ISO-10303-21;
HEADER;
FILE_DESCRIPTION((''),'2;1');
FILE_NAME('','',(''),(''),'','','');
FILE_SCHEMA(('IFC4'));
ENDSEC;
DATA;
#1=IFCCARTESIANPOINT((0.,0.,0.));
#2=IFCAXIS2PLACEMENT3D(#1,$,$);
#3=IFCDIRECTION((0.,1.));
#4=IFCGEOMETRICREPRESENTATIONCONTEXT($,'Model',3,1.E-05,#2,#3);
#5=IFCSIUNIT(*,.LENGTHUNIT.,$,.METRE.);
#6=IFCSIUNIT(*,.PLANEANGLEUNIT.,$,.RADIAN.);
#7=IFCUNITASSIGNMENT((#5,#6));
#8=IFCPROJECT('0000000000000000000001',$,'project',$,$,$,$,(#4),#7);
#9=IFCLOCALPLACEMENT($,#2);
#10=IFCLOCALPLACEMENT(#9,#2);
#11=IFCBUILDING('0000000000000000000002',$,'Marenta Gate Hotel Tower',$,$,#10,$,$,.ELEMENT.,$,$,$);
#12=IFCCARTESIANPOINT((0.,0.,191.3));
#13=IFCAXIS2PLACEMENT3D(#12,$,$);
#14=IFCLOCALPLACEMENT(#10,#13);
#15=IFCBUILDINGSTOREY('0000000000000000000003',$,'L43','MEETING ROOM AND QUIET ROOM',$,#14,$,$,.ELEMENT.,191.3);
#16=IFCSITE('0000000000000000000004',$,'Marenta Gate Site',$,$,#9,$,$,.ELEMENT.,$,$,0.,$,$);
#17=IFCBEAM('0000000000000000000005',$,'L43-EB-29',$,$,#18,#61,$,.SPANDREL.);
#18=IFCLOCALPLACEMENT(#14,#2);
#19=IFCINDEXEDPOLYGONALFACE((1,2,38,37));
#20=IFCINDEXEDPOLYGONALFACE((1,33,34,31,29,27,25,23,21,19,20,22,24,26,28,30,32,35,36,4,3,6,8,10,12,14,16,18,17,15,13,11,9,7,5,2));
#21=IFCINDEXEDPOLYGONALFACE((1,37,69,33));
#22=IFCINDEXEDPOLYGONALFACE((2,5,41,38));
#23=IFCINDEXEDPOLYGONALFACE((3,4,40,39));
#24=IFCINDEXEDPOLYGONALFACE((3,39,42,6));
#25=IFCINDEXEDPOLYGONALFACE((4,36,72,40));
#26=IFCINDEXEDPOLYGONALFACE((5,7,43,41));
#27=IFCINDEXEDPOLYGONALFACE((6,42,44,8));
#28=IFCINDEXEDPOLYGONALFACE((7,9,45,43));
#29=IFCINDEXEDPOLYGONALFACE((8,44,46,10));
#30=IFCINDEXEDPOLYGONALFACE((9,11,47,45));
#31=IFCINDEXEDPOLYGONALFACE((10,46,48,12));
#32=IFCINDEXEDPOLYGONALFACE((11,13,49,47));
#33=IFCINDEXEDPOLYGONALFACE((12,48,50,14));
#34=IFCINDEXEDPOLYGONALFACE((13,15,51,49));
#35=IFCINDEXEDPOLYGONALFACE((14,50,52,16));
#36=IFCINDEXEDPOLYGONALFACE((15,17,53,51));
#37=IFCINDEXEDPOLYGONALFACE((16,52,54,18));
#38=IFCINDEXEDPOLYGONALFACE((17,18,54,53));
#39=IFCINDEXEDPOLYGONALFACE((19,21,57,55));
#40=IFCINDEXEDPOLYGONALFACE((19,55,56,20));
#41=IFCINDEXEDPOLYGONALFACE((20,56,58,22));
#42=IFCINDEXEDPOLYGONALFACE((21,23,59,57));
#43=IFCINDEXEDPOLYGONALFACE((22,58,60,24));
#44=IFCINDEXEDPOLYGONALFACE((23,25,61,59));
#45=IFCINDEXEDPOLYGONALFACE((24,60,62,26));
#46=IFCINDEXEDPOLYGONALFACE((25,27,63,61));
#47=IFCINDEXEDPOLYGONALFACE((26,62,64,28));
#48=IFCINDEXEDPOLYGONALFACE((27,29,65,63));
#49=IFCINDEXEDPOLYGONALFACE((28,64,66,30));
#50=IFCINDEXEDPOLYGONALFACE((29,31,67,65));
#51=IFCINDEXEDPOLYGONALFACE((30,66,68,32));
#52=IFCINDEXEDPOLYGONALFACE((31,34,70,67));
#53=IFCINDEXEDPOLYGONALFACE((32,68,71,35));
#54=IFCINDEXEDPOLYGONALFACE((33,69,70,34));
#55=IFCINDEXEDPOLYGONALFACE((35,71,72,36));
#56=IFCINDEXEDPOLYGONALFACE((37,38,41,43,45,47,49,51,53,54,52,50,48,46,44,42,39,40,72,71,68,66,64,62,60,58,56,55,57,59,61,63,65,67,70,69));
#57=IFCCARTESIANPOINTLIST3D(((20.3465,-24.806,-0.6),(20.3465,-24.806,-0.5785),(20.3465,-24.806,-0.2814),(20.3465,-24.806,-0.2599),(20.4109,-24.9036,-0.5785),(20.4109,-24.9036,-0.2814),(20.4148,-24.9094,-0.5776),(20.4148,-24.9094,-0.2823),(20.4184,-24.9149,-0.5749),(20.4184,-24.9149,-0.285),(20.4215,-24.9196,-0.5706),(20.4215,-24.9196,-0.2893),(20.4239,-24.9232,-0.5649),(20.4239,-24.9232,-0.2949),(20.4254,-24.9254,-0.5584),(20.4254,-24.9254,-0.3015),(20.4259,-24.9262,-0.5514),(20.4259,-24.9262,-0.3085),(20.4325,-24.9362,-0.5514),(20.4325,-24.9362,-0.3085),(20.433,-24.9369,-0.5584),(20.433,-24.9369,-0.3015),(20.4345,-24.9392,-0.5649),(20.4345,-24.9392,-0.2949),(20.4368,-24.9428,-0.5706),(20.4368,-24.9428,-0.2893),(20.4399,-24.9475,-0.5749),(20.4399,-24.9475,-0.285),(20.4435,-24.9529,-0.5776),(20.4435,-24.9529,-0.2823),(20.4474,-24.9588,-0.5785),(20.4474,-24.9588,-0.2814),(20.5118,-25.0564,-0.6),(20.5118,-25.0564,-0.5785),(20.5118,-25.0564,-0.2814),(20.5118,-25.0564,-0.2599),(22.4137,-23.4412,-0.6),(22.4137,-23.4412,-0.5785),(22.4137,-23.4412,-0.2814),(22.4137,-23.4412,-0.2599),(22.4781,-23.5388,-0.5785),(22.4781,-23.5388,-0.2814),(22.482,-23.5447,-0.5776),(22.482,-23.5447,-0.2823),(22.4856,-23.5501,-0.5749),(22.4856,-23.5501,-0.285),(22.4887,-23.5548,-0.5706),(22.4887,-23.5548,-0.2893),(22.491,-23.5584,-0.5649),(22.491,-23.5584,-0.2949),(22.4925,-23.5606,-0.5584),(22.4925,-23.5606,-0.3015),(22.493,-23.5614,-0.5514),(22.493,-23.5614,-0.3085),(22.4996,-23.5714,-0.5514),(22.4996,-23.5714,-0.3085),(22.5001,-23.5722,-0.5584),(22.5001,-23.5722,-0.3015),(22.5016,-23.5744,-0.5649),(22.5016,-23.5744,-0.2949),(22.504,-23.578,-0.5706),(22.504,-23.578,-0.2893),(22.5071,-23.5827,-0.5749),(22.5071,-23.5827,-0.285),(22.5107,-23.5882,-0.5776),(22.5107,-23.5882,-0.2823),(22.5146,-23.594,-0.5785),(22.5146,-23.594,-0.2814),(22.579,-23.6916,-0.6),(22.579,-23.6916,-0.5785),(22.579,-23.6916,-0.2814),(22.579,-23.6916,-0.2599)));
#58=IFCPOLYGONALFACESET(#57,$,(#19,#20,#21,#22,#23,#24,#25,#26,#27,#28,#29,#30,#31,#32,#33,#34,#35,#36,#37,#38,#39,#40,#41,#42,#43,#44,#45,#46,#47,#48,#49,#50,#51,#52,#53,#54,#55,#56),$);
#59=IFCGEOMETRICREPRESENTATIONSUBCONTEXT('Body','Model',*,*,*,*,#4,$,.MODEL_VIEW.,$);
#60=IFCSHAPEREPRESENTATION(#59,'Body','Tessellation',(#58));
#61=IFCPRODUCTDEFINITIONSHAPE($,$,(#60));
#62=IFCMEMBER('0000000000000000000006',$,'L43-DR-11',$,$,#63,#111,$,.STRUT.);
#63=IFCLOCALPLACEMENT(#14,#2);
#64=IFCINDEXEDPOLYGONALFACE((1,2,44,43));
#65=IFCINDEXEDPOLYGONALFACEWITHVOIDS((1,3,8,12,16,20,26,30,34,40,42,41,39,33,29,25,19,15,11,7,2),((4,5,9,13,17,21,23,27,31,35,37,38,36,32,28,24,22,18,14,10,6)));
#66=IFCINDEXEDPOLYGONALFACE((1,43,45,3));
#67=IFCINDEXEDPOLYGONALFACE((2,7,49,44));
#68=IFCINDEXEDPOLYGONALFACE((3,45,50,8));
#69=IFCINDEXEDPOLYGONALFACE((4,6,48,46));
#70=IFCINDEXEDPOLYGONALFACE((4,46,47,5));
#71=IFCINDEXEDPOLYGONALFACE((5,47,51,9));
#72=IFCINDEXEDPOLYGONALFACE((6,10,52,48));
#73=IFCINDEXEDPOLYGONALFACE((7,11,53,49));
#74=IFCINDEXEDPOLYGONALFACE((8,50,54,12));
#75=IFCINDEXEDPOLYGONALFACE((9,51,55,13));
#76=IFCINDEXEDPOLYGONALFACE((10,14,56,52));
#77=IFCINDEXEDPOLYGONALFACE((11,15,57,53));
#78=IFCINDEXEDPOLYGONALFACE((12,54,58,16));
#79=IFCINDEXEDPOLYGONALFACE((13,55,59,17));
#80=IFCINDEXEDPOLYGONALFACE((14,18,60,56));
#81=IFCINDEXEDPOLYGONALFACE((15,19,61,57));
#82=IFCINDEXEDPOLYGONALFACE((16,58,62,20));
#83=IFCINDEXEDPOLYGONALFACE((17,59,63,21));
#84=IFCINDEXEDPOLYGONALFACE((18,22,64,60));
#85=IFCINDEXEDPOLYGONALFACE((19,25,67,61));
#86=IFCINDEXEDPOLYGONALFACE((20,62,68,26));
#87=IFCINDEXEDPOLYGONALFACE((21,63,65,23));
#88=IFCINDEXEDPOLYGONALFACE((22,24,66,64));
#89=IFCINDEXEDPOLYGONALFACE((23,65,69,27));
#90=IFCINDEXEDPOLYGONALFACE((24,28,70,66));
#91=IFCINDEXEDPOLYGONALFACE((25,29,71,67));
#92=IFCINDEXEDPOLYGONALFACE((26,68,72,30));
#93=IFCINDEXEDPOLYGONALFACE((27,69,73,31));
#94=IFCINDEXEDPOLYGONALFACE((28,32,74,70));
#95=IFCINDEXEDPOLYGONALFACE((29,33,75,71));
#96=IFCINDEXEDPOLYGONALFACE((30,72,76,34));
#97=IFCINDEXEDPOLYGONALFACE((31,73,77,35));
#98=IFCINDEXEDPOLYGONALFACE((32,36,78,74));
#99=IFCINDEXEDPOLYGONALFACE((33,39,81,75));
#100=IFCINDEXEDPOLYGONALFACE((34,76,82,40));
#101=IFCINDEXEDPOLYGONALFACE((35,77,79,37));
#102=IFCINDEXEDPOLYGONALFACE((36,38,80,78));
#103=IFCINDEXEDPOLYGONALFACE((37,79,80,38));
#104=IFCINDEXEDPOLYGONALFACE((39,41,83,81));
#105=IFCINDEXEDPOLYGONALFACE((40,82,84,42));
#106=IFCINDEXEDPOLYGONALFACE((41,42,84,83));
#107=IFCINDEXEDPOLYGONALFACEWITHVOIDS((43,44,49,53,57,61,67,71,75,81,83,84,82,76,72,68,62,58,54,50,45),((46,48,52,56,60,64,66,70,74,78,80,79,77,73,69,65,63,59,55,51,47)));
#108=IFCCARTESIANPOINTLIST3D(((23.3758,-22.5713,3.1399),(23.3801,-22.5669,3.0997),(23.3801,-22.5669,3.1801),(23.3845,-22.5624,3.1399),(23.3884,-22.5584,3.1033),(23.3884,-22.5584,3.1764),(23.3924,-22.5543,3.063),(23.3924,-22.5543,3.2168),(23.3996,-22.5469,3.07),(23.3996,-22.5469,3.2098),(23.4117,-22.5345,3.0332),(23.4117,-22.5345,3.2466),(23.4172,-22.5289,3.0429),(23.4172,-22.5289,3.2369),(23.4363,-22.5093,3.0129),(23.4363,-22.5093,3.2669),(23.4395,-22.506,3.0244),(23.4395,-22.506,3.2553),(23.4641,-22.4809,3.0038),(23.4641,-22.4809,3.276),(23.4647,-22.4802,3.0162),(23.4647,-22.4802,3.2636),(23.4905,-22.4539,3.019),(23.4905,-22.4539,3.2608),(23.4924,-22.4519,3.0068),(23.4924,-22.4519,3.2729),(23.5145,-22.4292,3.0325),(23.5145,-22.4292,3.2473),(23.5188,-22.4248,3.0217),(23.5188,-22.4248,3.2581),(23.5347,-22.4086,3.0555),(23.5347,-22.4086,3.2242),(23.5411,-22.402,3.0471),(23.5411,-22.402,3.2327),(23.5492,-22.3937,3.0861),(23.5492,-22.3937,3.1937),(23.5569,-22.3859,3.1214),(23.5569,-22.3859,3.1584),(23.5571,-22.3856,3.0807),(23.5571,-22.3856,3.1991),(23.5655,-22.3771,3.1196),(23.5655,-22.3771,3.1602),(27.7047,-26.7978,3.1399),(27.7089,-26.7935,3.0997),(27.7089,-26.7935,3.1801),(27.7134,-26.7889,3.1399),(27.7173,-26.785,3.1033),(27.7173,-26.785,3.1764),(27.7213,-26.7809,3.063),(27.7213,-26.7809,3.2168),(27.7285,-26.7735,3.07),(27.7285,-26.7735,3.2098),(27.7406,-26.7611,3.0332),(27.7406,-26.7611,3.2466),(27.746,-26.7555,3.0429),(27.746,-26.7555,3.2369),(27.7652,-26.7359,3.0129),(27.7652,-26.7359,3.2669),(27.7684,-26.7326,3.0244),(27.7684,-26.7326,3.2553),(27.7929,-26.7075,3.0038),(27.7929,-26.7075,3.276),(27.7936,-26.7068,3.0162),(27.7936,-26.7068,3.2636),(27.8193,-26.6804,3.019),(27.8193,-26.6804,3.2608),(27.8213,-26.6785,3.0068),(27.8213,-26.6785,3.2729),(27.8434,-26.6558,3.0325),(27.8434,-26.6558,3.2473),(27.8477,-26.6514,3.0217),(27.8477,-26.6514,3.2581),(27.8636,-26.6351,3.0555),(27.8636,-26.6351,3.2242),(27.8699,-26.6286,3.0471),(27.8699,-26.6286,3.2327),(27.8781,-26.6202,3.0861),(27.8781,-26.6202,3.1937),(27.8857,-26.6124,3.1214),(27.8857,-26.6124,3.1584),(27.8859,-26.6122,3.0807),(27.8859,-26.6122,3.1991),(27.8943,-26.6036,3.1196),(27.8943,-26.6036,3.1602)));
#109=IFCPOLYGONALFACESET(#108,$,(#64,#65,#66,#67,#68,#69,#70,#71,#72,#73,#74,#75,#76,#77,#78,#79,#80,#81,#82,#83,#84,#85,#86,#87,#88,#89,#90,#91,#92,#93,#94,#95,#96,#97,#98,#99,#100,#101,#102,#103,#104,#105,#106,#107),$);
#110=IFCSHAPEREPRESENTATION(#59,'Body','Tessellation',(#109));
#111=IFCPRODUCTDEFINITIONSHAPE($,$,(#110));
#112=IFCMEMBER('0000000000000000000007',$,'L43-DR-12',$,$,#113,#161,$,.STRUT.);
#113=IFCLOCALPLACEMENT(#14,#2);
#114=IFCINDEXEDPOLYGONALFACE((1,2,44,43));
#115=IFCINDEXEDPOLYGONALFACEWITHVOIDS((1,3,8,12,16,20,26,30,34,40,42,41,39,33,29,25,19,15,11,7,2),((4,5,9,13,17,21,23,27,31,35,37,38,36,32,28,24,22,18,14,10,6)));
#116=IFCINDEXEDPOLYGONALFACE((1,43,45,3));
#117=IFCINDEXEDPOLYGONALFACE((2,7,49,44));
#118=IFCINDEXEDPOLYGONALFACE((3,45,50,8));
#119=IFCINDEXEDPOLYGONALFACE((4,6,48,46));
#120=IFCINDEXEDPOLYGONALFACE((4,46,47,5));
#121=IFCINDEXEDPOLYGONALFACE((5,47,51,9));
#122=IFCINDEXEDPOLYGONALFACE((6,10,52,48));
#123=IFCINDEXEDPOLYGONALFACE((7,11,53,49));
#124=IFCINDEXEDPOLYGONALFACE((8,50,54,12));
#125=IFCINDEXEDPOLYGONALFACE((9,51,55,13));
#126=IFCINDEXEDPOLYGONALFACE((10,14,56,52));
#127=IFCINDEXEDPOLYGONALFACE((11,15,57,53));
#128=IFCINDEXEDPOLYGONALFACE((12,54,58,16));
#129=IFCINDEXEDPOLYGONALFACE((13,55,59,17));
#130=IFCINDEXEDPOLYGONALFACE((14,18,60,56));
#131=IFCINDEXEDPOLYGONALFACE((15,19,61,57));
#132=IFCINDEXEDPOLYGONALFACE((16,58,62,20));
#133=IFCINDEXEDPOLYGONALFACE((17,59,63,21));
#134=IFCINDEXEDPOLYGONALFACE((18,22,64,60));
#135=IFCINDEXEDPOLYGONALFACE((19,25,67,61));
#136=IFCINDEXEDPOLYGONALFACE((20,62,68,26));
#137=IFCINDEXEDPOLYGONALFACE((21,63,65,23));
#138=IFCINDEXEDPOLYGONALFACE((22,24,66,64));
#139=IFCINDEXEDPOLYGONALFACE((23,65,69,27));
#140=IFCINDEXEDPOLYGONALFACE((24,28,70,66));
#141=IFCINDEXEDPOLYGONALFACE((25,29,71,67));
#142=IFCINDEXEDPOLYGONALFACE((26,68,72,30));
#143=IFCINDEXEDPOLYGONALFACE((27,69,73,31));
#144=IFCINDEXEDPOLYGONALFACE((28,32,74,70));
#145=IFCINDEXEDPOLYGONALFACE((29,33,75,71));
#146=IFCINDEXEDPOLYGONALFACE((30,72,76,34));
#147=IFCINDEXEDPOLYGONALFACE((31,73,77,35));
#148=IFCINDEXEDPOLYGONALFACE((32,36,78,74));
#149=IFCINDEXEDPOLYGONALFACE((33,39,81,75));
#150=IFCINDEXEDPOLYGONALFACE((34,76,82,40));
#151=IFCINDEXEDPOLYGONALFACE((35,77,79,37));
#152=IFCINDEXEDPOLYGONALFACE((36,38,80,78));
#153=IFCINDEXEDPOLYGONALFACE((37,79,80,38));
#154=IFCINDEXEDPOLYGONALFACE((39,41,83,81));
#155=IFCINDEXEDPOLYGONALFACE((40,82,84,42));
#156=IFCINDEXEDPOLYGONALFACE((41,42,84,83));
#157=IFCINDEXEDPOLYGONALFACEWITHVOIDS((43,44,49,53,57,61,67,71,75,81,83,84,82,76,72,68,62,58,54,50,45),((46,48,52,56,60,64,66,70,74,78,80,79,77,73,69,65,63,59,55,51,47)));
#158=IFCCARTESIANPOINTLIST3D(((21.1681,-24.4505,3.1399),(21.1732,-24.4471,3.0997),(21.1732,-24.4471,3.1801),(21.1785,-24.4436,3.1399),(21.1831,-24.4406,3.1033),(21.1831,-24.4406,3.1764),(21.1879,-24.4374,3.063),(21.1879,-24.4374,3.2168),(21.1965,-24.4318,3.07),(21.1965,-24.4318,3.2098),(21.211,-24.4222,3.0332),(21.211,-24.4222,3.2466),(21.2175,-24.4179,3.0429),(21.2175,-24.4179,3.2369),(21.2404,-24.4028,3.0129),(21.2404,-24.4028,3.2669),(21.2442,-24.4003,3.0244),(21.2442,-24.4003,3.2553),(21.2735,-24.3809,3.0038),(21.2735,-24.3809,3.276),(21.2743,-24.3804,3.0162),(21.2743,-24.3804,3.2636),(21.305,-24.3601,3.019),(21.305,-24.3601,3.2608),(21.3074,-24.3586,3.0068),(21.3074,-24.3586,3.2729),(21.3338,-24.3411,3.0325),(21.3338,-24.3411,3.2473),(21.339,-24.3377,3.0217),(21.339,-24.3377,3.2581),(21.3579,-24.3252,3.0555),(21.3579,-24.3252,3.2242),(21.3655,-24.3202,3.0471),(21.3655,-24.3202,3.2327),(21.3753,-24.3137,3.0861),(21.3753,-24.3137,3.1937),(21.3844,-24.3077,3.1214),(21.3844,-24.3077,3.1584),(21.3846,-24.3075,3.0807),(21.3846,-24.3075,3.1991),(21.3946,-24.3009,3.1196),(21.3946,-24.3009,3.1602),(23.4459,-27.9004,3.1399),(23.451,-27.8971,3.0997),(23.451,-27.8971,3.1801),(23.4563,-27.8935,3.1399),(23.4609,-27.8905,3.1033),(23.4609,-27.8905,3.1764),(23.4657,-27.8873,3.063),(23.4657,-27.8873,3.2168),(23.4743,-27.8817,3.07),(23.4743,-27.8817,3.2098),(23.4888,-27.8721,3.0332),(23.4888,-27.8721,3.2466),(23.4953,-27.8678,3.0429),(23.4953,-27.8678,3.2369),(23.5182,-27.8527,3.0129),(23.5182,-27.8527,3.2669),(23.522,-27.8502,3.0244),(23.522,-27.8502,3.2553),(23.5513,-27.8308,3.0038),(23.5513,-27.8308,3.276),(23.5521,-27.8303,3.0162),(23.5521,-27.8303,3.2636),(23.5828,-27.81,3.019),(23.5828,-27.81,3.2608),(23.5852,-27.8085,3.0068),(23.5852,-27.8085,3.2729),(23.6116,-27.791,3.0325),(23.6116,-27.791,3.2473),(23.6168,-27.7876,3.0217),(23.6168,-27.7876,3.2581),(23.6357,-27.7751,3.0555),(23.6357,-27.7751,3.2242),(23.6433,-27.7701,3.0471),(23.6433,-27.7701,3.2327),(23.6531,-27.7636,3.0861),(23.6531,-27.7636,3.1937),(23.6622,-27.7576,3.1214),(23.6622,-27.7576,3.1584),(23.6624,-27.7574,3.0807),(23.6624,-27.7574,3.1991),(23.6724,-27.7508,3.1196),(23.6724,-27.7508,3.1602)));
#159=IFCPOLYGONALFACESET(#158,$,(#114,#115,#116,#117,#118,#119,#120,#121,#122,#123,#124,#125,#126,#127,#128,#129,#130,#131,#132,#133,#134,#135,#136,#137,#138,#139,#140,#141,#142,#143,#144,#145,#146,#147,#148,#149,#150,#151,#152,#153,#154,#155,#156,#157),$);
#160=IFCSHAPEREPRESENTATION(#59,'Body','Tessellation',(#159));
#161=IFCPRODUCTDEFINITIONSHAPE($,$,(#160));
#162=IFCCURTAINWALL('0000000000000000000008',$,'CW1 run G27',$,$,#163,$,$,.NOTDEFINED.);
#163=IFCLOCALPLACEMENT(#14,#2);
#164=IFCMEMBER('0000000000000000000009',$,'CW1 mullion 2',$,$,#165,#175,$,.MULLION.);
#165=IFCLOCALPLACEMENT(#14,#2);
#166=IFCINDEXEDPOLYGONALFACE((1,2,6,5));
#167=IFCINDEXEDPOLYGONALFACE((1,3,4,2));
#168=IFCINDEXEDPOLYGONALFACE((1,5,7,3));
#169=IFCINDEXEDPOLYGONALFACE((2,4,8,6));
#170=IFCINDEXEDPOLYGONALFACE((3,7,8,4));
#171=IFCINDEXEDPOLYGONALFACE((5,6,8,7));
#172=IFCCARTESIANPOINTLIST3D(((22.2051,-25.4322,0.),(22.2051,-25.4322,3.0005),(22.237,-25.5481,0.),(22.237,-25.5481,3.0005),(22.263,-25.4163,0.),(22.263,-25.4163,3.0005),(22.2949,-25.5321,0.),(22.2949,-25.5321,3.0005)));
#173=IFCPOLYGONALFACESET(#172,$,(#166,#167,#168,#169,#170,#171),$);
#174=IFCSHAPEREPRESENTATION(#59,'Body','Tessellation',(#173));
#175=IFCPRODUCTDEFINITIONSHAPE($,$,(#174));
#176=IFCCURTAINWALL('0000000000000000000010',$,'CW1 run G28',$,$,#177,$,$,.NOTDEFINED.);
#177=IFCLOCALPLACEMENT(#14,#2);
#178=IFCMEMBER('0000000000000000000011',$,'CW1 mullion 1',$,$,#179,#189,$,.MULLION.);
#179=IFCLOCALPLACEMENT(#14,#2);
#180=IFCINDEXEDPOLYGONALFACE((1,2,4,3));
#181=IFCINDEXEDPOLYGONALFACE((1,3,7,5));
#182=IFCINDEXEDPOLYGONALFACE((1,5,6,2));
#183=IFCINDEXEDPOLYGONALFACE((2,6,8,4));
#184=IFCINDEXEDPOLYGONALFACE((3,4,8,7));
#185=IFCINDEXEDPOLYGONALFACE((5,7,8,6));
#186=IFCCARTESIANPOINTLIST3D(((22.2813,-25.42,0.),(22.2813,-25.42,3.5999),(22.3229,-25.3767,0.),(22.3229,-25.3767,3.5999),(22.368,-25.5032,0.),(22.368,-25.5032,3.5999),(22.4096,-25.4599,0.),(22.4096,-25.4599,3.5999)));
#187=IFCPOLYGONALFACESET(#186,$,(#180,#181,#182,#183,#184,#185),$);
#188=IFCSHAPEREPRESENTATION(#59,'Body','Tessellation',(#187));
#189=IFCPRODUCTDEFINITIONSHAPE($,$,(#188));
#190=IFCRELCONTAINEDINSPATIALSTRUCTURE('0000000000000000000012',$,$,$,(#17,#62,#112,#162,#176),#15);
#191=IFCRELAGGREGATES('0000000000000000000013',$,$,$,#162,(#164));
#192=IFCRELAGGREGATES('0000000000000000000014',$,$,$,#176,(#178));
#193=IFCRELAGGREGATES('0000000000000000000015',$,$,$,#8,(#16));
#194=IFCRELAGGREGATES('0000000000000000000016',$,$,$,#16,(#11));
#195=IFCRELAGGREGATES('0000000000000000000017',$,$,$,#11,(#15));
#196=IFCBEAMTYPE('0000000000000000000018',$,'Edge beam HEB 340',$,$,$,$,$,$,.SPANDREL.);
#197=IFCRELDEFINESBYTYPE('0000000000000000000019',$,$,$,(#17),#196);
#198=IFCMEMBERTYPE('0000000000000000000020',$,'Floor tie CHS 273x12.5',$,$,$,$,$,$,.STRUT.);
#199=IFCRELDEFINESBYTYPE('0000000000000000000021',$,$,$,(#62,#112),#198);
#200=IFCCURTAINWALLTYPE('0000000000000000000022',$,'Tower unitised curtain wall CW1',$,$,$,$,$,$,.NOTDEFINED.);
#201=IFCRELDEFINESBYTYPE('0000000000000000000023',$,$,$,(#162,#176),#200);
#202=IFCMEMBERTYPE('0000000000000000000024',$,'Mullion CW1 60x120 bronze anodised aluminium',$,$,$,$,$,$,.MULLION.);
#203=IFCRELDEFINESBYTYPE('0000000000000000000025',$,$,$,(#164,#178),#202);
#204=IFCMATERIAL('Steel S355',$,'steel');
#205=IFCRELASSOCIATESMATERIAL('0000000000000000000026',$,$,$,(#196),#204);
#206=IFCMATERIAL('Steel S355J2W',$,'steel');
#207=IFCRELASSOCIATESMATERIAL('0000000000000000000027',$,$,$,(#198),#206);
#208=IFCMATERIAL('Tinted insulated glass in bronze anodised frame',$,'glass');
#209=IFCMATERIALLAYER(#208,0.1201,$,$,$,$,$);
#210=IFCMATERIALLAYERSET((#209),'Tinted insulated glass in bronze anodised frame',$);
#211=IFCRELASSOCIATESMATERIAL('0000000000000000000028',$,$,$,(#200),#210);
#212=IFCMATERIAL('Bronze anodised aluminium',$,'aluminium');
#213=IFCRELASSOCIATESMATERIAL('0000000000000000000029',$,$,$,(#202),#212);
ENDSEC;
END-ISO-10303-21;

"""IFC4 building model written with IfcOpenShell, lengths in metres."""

from ifc_helpers import new_model, si_unit, direction, frame, origin, origin_2d, place, context, subcontext, project, spatial, rectangle, hollow_circle, i_section, extrude, material, layer, layer_set, material_profile, profile_set, type_object, element, aggregate, save


model = new_model("IFC4")

# Units and contexts
model_context = context("Model", 3, precision=1e-05, world=origin(), true_north=direction((0.0, 1.0)))
body_context = subcontext(model_context, "Body", "Model", "MODEL_VIEW")
ifc_project = project(units=[si_unit("LENGTHUNIT", "METRE"), si_unit("PLANEANGLEUNIT", "RADIAN")], contexts=[model_context])

# Site, building, storey
site_placement = place(None, origin())
site = spatial("IfcSite", under=ifc_project, at=site_placement, Name="Marenta Gate Site", CompositionType="ELEMENT", RefElevation=0.0)
building_placement = place(site_placement, origin())
building = spatial("IfcBuilding", under=site, at=building_placement, Name="Marenta Gate Hotel Tower", CompositionType="ELEMENT")
storey_placement = place(building_placement, frame((0.0, 0.0, 191.3)))
storey = spatial("IfcBuildingStorey", under=building, at=storey_placement, Name="L43", Description="MEETING ROOM AND QUIET ROOM", CompositionType="ELEMENT", Elevation=191.3)

# Beam
ifc_material_1 = material(Name="Steel S355", Category="steel")
ifc_material_profile_1 = material_profile(ifc_material_1, i_section(OverallWidth=0.3, OverallDepth=0.3401, WebThickness=0.012, FlangeThickness=0.0215, FilletRadius=0.0271, at=origin_2d()), Name="HEB 340")
ifc_profile_set_1 = profile_set([ifc_material_profile_1], Name="Steel S355")
beam_type = type_object("IfcBeamType", Name="Edge beam HEB 340", PredefinedType="SPANDREL", material=ifc_profile_set_1)
beam_placement = place(storey_placement, frame((22.4963, -23.5664, -0.4299), z_axis=(-0.834529, -0.550964, 0.0), x_axis=(0.550964, -0.834529, 0.0)))
element("IfcBeam", 1, at=beam_placement, inside=storey, type_object=beam_type, Name="L43-EB-29", PredefinedType="SPANDREL", context=body_context, shape_type="SweptSolid", body=[
    extrude(i_section(OverallWidth=0.3, OverallDepth=0.3401, WebThickness=0.012, FlangeThickness=0.0215, FilletRadius=0.0271, at=origin_2d()), origin(), (0.0, 0.0, 1.0), 2.4771),
])

# Members
ifc_material_2 = material(Name="Steel S355J2W", Category="steel")
ifc_material_profile_2 = material_profile(ifc_material_2, hollow_circle(Radius=0.1365, WallThickness=0.0125, at=origin_2d()), Name="CHS 273x12.5")
ifc_profile_set_2 = profile_set([ifc_material_profile_2], Name="Steel S355J2W")
member_type_1 = type_object("IfcMemberType", Name="Floor tie CHS 273x12.5", PredefinedType="STRUT", material=ifc_profile_set_2)
member_1_placement = place(storey_placement, frame((27.8, -26.7002, 3.1399), z_axis=(-0.71551, 0.698602, 0.0), x_axis=(-0.698602, -0.71551, 0.0)))
element("IfcMember", 2, at=member_1_placement, inside=storey, type_object=member_type_1, Name="L43-DR-11", PredefinedType="STRUT", context=body_context, shape_type="SweptSolid", body=[
    extrude(hollow_circle(Radius=0.1365, WallThickness=0.0125, at=origin_2d()), origin(), (0.0, 0.0, 1.0), 6.05),
])
member_2_placement = place(storey_placement, frame((23.5598, -27.8252, 3.1399), z_axis=(-0.550988, 0.834513, 0.0), x_axis=(-0.834513, -0.550988, 0.0)))
element("IfcMember", 3, at=member_2_placement, inside=storey, type_object=member_type_1, Name="L43-DR-12", PredefinedType="STRUT", context=body_context, shape_type="SweptSolid", body=[
    extrude(hollow_circle(Radius=0.1365, WallThickness=0.0125, at=origin_2d()), origin(), (0.0, 0.0, 1.0), 4.134),
])

# Curtain walls, members
ifc_material_3 = material(Name="Tinted insulated glass in bronze anodised frame", Category="glass")
ifc_layer_1 = layer(ifc_material_3, 0.1201)
ifc_layer_set_1 = layer_set([ifc_layer_1], Name="Tinted insulated glass in bronze anodised frame")
curtain_wall_type = type_object("IfcCurtainWallType", Name="Tower unitised curtain wall CW1", PredefinedType="NOTDEFINED", material=ifc_layer_set_1)
curtain_wall_1_placement = place(storey_placement, origin())
curtain_wall_1 = element("IfcCurtainWall", 4, at=curtain_wall_1_placement, inside=storey, type_object=curtain_wall_type, Name="CW1 run G27", PredefinedType="NOTDEFINED")
ifc_material_4 = material(Name="Bronze anodised aluminium", Category="aluminium")
ifc_material_profile_3 = material_profile(ifc_material_4, rectangle(XDim=0.1201, YDim=0.0601, at=origin_2d()), Name="Mullion CW1 60x120 bronze anodised aluminium")
ifc_profile_set_3 = profile_set([ifc_material_profile_3], Name="Bronze anodised aluminium")
member_type_2 = type_object("IfcMemberType", Name="Mullion CW1 60x120 bronze anodised aluminium", PredefinedType="MULLION", material=ifc_profile_set_3)
member_3_placement = place(storey_placement, frame((22.25, -25.4822, 0.0), z_axis=(0.0, 0.0, 1.0), x_axis=(-0.265283, 0.964171, 0.0)))
member_3 = element("IfcMember", 5, at=member_3_placement, type_object=member_type_2, Name="CW1 mullion 2", PredefinedType="MULLION", context=body_context, shape_type="SweptSolid", body=[
    extrude(rectangle(XDim=0.1201, YDim=0.0601, at=origin_2d()), origin(), (0.0, 0.0, 1.0), 3.0005),
])
aggregate(curtain_wall_1, [member_3])
curtain_wall_2_placement = place(storey_placement, origin())
curtain_wall_2 = element("IfcCurtainWall", 6, at=curtain_wall_2_placement, inside=storey, type_object=curtain_wall_type, Name="CW1 run G28", PredefinedType="NOTDEFINED")
member_4_placement = place(storey_placement, frame((22.3455, -25.4399, 0.0), z_axis=(0.0, 0.0, 1.0), x_axis=(-0.721375, 0.692545, 0.0)))
member_4 = element("IfcMember", 7, at=member_4_placement, type_object=member_type_2, Name="CW1 mullion 1", PredefinedType="MULLION", context=body_context, shape_type="SweptSolid", body=[
    extrude(rectangle(XDim=0.1201, YDim=0.0601, at=origin_2d()), origin(), (0.0, 0.0, 1.0), 3.5999),
])

aggregate(curtain_wall_2, [member_4])

save(model, "model.ifc")
